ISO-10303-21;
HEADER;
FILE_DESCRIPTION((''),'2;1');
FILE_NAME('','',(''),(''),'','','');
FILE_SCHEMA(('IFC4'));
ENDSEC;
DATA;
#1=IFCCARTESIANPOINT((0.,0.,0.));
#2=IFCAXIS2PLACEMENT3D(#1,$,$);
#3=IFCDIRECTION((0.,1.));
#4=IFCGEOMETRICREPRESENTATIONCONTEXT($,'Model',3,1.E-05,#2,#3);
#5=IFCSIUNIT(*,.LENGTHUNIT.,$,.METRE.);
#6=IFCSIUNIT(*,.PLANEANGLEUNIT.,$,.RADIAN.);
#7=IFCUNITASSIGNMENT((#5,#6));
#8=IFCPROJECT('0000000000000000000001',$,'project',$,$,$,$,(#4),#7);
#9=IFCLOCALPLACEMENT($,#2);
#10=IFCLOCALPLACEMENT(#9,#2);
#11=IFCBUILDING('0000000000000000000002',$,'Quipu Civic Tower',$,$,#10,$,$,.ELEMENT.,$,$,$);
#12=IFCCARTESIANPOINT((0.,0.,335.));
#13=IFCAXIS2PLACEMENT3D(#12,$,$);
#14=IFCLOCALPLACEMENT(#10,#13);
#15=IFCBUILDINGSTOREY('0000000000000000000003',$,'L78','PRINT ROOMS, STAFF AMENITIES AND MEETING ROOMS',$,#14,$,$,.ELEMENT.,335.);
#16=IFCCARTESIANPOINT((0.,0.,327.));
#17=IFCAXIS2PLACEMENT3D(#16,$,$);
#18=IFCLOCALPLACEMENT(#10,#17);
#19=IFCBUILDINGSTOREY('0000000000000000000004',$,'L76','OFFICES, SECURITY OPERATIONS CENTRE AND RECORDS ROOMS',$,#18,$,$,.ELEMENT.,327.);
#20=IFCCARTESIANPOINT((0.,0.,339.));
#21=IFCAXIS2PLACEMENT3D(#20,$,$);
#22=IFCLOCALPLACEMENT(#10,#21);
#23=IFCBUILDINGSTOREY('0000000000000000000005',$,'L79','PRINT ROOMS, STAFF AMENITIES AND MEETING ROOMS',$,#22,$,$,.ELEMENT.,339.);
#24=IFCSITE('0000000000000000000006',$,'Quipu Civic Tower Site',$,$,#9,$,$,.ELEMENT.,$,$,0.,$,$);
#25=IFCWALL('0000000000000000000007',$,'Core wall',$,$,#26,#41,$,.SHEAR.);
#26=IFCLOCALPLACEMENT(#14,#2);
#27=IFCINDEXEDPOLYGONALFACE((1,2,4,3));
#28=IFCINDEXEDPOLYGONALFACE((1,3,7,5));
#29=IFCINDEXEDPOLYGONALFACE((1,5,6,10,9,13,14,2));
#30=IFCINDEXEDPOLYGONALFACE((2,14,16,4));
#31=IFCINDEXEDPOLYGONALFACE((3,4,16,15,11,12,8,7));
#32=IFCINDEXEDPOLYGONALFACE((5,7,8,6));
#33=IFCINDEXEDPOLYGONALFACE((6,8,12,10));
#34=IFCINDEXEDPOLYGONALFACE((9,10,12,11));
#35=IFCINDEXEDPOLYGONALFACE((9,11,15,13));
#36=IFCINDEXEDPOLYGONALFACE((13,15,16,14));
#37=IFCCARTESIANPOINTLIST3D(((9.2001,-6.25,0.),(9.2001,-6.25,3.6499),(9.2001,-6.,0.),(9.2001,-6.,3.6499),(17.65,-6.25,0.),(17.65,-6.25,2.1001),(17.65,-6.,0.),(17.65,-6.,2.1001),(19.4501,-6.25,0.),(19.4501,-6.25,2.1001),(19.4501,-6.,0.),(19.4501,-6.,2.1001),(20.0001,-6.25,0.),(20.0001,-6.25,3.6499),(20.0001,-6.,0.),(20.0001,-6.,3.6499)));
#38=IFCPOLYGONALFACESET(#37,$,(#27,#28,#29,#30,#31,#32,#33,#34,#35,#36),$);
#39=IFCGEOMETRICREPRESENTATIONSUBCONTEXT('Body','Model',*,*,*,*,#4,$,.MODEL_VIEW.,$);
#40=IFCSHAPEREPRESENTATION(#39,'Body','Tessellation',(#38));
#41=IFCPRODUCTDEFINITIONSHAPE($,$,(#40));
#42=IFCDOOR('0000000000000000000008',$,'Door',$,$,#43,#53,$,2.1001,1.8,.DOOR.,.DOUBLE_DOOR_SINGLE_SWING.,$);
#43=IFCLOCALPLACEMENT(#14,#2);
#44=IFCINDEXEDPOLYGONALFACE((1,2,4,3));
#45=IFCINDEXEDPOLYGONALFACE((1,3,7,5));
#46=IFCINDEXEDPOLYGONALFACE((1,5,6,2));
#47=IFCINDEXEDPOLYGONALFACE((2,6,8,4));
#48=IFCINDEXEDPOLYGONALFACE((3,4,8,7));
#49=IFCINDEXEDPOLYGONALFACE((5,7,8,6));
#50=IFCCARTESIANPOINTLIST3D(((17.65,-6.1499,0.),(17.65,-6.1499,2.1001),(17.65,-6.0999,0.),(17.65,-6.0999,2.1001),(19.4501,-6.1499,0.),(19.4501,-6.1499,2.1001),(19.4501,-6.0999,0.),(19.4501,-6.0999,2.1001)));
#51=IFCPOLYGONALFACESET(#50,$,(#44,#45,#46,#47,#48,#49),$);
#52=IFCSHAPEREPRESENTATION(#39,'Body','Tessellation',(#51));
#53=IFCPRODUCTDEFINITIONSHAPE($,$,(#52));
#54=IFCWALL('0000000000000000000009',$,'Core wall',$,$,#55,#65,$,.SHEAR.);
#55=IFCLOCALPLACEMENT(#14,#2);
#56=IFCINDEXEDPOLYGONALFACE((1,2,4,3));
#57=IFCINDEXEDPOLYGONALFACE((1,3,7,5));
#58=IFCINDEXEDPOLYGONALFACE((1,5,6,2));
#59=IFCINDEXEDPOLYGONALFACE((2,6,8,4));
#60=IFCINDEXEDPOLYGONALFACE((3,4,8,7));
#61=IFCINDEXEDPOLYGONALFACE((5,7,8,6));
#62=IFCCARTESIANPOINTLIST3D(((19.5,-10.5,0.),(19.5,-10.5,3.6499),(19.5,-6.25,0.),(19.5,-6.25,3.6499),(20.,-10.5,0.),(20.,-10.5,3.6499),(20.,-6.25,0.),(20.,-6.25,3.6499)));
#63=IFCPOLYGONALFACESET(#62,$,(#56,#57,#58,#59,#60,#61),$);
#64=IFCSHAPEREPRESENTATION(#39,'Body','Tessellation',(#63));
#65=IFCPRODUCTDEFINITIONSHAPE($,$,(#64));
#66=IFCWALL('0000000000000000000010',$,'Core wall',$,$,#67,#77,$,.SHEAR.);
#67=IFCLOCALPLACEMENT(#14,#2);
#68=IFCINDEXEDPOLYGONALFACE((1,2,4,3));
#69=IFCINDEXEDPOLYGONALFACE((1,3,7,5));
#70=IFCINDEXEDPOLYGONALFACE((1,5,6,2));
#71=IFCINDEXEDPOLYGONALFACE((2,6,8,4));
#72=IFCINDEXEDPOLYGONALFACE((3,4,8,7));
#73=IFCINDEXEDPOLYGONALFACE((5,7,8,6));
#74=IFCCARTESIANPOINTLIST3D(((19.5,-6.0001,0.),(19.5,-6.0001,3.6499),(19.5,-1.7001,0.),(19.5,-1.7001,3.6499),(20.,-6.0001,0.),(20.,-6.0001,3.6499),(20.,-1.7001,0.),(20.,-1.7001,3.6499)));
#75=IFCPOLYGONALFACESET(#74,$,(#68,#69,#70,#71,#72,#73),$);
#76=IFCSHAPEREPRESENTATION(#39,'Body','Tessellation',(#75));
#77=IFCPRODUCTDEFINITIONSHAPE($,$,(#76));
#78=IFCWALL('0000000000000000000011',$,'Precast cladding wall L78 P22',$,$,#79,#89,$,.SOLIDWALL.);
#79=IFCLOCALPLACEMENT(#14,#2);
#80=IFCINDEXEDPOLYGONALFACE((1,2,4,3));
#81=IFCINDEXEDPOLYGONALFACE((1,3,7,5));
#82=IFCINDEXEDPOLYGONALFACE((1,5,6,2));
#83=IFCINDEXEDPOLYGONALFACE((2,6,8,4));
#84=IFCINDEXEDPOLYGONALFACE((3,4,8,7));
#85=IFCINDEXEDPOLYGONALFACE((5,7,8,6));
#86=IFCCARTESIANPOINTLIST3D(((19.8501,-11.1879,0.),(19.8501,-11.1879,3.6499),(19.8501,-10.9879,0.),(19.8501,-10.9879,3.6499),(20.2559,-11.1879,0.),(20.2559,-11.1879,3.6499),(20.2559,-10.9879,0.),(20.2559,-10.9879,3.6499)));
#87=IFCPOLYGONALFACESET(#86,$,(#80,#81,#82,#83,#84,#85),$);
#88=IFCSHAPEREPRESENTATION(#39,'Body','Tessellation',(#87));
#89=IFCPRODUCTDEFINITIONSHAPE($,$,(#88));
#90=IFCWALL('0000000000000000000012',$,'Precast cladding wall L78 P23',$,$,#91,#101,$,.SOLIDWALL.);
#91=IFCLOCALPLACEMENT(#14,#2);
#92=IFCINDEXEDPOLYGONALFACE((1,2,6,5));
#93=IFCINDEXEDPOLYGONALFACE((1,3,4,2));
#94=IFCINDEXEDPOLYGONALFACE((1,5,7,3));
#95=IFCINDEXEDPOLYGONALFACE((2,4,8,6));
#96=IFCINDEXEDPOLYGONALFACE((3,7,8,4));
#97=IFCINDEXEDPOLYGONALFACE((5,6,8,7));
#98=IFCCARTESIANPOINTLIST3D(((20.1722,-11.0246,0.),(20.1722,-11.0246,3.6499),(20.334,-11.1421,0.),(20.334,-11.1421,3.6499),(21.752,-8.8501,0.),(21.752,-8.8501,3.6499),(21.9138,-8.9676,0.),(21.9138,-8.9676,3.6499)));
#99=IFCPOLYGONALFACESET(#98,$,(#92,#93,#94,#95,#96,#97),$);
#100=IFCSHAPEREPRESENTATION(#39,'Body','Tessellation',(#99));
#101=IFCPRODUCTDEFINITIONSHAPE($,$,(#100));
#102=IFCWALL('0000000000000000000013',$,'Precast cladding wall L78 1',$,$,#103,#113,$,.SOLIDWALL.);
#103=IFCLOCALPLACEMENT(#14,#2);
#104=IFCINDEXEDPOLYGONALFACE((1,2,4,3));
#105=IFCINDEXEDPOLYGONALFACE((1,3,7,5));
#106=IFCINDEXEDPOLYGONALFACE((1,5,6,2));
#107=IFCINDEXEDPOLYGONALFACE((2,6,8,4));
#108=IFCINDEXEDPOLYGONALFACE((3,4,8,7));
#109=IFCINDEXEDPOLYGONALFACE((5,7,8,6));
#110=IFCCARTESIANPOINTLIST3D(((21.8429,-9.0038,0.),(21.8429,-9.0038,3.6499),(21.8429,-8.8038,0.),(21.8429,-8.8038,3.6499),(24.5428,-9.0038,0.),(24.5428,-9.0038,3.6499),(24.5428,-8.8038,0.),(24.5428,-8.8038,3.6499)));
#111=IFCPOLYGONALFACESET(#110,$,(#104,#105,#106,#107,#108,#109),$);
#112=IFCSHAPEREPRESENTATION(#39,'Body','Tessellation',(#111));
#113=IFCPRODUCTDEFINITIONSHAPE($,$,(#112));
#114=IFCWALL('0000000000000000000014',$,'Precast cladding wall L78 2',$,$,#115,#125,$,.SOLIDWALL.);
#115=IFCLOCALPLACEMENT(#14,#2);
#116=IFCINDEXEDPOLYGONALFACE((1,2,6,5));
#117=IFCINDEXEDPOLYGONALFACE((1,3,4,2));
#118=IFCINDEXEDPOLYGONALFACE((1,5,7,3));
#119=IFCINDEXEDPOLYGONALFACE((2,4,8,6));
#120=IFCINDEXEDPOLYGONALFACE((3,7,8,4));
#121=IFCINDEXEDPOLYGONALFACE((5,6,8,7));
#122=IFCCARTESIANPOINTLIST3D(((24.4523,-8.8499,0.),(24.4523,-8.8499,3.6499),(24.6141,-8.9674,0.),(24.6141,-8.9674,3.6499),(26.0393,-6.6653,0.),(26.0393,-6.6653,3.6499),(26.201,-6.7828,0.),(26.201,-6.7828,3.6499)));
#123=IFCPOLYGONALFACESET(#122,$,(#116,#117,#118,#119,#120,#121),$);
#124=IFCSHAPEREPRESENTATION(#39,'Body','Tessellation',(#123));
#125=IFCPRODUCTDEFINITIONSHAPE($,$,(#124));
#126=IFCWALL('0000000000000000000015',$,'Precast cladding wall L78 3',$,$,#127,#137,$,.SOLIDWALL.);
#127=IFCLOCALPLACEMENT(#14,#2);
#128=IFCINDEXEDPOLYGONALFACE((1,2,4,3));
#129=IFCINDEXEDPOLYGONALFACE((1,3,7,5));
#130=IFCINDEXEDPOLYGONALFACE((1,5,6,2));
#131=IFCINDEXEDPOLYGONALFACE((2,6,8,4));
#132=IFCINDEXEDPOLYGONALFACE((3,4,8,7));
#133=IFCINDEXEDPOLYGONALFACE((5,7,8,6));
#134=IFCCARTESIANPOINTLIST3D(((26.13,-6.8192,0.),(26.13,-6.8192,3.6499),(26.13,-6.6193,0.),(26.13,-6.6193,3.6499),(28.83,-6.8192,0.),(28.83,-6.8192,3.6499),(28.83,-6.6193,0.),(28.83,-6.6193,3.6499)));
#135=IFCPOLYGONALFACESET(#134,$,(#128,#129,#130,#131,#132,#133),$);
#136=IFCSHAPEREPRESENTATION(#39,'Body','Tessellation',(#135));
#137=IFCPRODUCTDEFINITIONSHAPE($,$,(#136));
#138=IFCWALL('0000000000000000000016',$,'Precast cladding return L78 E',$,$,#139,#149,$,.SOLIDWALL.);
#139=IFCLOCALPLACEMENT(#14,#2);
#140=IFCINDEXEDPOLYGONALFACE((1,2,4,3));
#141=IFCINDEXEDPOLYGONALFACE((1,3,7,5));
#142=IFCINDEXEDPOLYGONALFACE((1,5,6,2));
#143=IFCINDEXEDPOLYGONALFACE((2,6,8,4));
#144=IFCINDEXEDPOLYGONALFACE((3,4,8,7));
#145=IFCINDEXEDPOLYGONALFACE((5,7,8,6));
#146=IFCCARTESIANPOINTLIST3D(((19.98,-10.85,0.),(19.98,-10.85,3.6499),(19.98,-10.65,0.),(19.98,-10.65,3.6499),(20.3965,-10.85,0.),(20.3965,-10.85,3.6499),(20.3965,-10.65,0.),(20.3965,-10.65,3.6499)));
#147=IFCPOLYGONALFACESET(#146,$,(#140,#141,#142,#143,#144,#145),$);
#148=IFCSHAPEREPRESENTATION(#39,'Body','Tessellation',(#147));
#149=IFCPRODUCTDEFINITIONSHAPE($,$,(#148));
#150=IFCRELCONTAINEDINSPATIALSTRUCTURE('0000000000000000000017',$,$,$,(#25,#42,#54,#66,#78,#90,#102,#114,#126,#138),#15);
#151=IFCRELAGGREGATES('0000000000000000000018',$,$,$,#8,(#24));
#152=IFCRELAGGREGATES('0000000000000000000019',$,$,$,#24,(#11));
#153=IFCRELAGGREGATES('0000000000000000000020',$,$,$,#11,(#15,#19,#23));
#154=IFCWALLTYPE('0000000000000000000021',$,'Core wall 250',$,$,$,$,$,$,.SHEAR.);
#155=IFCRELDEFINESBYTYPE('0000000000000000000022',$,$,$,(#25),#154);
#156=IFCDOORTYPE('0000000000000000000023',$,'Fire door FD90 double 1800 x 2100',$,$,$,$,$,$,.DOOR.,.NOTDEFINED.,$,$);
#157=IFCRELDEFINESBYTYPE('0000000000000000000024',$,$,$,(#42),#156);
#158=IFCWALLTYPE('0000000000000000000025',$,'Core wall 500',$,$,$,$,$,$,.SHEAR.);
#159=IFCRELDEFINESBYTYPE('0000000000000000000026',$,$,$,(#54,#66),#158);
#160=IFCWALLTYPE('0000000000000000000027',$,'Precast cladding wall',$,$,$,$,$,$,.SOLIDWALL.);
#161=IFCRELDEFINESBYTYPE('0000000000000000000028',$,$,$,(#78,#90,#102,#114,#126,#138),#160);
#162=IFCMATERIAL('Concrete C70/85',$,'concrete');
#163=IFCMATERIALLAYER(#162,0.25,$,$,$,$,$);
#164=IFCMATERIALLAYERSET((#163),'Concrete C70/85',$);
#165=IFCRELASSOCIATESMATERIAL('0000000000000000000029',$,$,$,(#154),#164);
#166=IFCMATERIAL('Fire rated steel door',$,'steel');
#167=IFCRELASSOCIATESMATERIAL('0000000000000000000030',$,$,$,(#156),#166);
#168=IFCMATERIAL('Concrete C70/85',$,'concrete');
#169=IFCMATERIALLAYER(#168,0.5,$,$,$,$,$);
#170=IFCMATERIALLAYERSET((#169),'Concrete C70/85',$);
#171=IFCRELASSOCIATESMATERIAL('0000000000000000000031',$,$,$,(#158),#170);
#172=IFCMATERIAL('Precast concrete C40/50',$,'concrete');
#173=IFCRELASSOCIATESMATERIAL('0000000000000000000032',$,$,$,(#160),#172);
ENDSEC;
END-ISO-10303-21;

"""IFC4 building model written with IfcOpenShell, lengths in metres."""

from ifc_helpers import new_model, si_unit, direction, frame, frame_2d, origin, place, context, subcontext, project, spatial, rectangle, extrude, material, layer, layer_set, type_object, element, fill, save


model = new_model("IFC4")

# Units and contexts
model_context = context("Model", 3, precision=1e-05, world=origin(), true_north=direction((0.0, 1.0)))
body_context = subcontext(model_context, "Body", "Model", "MODEL_VIEW")
ifc_project = project(units=[si_unit("LENGTHUNIT", "METRE"), si_unit("PLANEANGLEUNIT", "RADIAN")], contexts=[model_context])

# Site, building, storey
site_placement = place(None, origin())
site = spatial("IfcSite", under=ifc_project, at=site_placement, Name="Quipu Civic Tower Site", CompositionType="ELEMENT", RefElevation=0.0)
building_placement = place(site_placement, origin())
building = spatial("IfcBuilding", under=site, at=building_placement, Name="Quipu Civic Tower", CompositionType="ELEMENT")
storey_1_placement = place(building_placement, frame((0.0, 0.0, 335.0)))
storey_1 = spatial("IfcBuildingStorey", under=building, at=storey_1_placement, Name="L78", Description="PRINT ROOMS, STAFF AMENITIES AND MEETING ROOMS", CompositionType="ELEMENT", Elevation=335.0)

# Shared definitions
storey_2_placement = place(building_placement, frame((0.0, 0.0, 327.0)))
storey_2 = spatial("IfcBuildingStorey", under=building, at=storey_2_placement, Name="L76", Description="OFFICES, SECURITY OPERATIONS CENTRE AND RECORDS ROOMS", CompositionType="ELEMENT", Elevation=327.0)

# Shared definitions
storey_3_placement = place(building_placement, frame((0.0, 0.0, 339.0)))
storey_3 = spatial("IfcBuildingStorey", under=building, at=storey_3_placement, Name="L79", Description="PRINT ROOMS, STAFF AMENITIES AND MEETING ROOMS", CompositionType="ELEMENT", Elevation=339.0)

# Wall, opening, door
ifc_material_1 = material(Name="Concrete C70/85", Category="concrete")
ifc_layer_1 = layer(ifc_material_1, 0.25)
ifc_layer_set_1 = layer_set([ifc_layer_1], Name="Concrete C70/85")
wall_type_1 = type_object("IfcWallType", Name="Core wall 250", PredefinedType="SHEAR", material=ifc_layer_set_1)
wall_1_placement = place(storey_1_placement, frame((20.0, -6.125, 0.0), z_axis=(0.0, 0.0, 1.0), x_axis=(-1.0, 0.0, 0.0)))
wall_1 = element("IfcWall", 1, at=wall_1_placement, inside=storey_1, type_object=wall_type_1, Name="Core wall", PredefinedType="SHEAR", context=body_context, shape_type="SweptSolid", body=[
    extrude(rectangle(XDim=10.8, YDim=0.25, at=frame_2d((5.3999, 0.0))), origin(), (0.0, 0.0, 1.0), 3.6499),
])
opening_placement = place(wall_1_placement, frame((0.55, 0.0, 0.0)))
opening = element("IfcOpeningElement", 2, at=opening_placement, cuts=wall_1, PredefinedType="OPENING", context=body_context, shape_type="SweptSolid", body=[
    extrude(rectangle(XDim=1.8, YDim=2.1001, at=frame_2d((0.8999, 1.05))), frame((0.0, 0.135, 0.0), z_axis=(0.0, -1.0, 0.0), x_axis=(1.0, 0.0, 0.0)), (0.0, 0.0, 1.0), 0.27),
])
ifc_material_2 = material(Name="Fire rated steel door", Category="steel")
door_type = type_object("IfcDoorType", Name="Fire door FD90 double 1800 x 2100", OperationType="NOTDEFINED", PredefinedType="DOOR", material=ifc_material_2)
door_placement = place(opening_placement, origin())
door = element("IfcDoor", 3, at=door_placement, inside=storey_1, type_object=door_type, Name="Door", OperationType="DOUBLE_DOOR_SINGLE_SWING", OverallHeight=2.1001, OverallWidth=1.8, PredefinedType="DOOR", context=body_context, shape_type="SweptSolid", body=[
    extrude(rectangle(XDim=1.8, YDim=2.1001, at=frame_2d((0.8999, 1.05))), frame((0.0, 0.0249, 0.0), z_axis=(0.0, -1.0, 0.0), x_axis=(1.0, 0.0, 0.0)), (0.0, 0.0, 1.0), 0.05),
])
fill(opening, door)

# Walls
ifc_material_3 = material(Name="Concrete C70/85", Category="concrete")
ifc_layer_2 = layer(ifc_material_3, 0.5)
ifc_layer_set_2 = layer_set([ifc_layer_2], Name="Concrete C70/85")
wall_type_2 = type_object("IfcWallType", Name="Core wall 500", PredefinedType="SHEAR", material=ifc_layer_set_2)
wall_2_placement = place(storey_1_placement, frame((19.75, -10.5, 0.0), z_axis=(0.0, 0.0, 1.0), x_axis=(0.0, 1.0, 0.0)))
element("IfcWall", 4, at=wall_2_placement, inside=storey_1, type_object=wall_type_2, Name="Core wall", PredefinedType="SHEAR", context=body_context, shape_type="SweptSolid", body=[
    extrude(rectangle(XDim=4.25, YDim=0.5, at=frame_2d((2.125, 0.0))), origin(), (0.0, 0.0, 1.0), 3.6499),
])
wall_3_placement = place(storey_1_placement, frame((19.75, -6.0, 0.0), z_axis=(0.0, 0.0, 1.0), x_axis=(0.0, 1.0, 0.0)))
element("IfcWall", 5, at=wall_3_placement, inside=storey_1, type_object=wall_type_2, Name="Core wall", PredefinedType="SHEAR", context=body_context, shape_type="SweptSolid", body=[
    extrude(rectangle(XDim=4.3, YDim=0.5, at=frame_2d((2.1499, 0.0))), origin(), (0.0, 0.0, 1.0), 3.6499),
])
ifc_material_4 = material(Name="Precast concrete C40/50", Category="concrete")
wall_type_3 = type_object("IfcWallType", Name="Precast cladding wall", PredefinedType="SOLIDWALL", material=ifc_material_4)
wall_4_placement = place(storey_1_placement, frame((19.8501, -11.0879, 0.0), z_axis=(0.0, 0.0, 1.0), x_axis=(1.0, 0.0, 0.0)))
element("IfcWall", 6, at=wall_4_placement, inside=storey_1, type_object=wall_type_3, Name="Precast cladding wall L78 P22", PredefinedType="SOLIDWALL", context=body_context, shape_type="SweptSolid", body=[
    extrude(rectangle(XDim=0.4058, YDim=0.2, at=frame_2d((0.2029, 0.0))), origin(), (0.0, 0.0, 1.0), 3.6499),
])
wall_5_placement = place(storey_1_placement, frame((20.2532, -11.0833, 0.0), z_axis=(0.0, 0.0, 1.0), x_axis=(0.587767, 0.809031, 0.0)))
element("IfcWall", 7, at=wall_5_placement, inside=storey_1, type_object=wall_type_3, Name="Precast cladding wall L78 P23", PredefinedType="SOLIDWALL", context=body_context, shape_type="SweptSolid", body=[
    extrude(rectangle(XDim=2.6877, YDim=0.2, at=frame_2d((1.3438, 0.0))), origin(), (0.0, 0.0, 1.0), 3.6499),
])
wall_6_placement = place(storey_1_placement, frame((21.8428, -8.9038, 0.0), z_axis=(0.0, 0.0, 1.0), x_axis=(1.0, 0.0, 0.0)))
element("IfcWall", 8, at=wall_6_placement, inside=storey_1, type_object=wall_type_3, Name="Precast cladding wall L78 1", PredefinedType="SOLIDWALL", context=body_context, shape_type="SweptSolid", body=[
    extrude(rectangle(XDim=2.7, YDim=0.2, at=frame_2d((1.3501, 0.0))), origin(), (0.0, 0.0, 1.0), 3.6499),
])
wall_7_placement = place(storey_1_placement, frame((24.5332, -8.9087, 0.0), z_axis=(0.0, 0.0, 1.0), x_axis=(0.58772, 0.809064, 0.0)))
element("IfcWall", 9, at=wall_7_placement, inside=storey_1, type_object=wall_type_3, Name="Precast cladding wall L78 2", PredefinedType="SOLIDWALL", context=body_context, shape_type="SweptSolid", body=[
    extrude(rectangle(XDim=2.7002, YDim=0.2, at=frame_2d((1.3501, 0.0))), origin(), (0.0, 0.0, 1.0), 3.6499),
])
wall_8_placement = place(storey_1_placement, frame((26.1299, -6.7192, 0.0), z_axis=(0.0, 0.0, 1.0), x_axis=(1.0, 0.0, 0.0)))
element("IfcWall", 10, at=wall_8_placement, inside=storey_1, type_object=wall_type_3, Name="Precast cladding wall L78 3", PredefinedType="SOLIDWALL", context=body_context, shape_type="SweptSolid", body=[
    extrude(rectangle(XDim=2.7, YDim=0.2, at=frame_2d((1.3501, 0.0))), origin(), (0.0, 0.0, 1.0), 3.6499),
])
wall_9_placement = place(storey_1_placement, frame((19.98, -10.75, 0.0), z_axis=(0.0, 0.0, 1.0), x_axis=(1.0, 0.0, 0.0)))
element("IfcWall", 11, at=wall_9_placement, inside=storey_1, type_object=wall_type_3, Name="Precast cladding return L78 E", PredefinedType="SOLIDWALL", context=body_context, shape_type="SweptSolid", body=[
    extrude(rectangle(XDim=0.4165, YDim=0.2, at=frame_2d((0.2083, 0.0))), origin(), (0.0, 0.0, 1.0), 3.6499),
])

save(model, "model.ifc")
